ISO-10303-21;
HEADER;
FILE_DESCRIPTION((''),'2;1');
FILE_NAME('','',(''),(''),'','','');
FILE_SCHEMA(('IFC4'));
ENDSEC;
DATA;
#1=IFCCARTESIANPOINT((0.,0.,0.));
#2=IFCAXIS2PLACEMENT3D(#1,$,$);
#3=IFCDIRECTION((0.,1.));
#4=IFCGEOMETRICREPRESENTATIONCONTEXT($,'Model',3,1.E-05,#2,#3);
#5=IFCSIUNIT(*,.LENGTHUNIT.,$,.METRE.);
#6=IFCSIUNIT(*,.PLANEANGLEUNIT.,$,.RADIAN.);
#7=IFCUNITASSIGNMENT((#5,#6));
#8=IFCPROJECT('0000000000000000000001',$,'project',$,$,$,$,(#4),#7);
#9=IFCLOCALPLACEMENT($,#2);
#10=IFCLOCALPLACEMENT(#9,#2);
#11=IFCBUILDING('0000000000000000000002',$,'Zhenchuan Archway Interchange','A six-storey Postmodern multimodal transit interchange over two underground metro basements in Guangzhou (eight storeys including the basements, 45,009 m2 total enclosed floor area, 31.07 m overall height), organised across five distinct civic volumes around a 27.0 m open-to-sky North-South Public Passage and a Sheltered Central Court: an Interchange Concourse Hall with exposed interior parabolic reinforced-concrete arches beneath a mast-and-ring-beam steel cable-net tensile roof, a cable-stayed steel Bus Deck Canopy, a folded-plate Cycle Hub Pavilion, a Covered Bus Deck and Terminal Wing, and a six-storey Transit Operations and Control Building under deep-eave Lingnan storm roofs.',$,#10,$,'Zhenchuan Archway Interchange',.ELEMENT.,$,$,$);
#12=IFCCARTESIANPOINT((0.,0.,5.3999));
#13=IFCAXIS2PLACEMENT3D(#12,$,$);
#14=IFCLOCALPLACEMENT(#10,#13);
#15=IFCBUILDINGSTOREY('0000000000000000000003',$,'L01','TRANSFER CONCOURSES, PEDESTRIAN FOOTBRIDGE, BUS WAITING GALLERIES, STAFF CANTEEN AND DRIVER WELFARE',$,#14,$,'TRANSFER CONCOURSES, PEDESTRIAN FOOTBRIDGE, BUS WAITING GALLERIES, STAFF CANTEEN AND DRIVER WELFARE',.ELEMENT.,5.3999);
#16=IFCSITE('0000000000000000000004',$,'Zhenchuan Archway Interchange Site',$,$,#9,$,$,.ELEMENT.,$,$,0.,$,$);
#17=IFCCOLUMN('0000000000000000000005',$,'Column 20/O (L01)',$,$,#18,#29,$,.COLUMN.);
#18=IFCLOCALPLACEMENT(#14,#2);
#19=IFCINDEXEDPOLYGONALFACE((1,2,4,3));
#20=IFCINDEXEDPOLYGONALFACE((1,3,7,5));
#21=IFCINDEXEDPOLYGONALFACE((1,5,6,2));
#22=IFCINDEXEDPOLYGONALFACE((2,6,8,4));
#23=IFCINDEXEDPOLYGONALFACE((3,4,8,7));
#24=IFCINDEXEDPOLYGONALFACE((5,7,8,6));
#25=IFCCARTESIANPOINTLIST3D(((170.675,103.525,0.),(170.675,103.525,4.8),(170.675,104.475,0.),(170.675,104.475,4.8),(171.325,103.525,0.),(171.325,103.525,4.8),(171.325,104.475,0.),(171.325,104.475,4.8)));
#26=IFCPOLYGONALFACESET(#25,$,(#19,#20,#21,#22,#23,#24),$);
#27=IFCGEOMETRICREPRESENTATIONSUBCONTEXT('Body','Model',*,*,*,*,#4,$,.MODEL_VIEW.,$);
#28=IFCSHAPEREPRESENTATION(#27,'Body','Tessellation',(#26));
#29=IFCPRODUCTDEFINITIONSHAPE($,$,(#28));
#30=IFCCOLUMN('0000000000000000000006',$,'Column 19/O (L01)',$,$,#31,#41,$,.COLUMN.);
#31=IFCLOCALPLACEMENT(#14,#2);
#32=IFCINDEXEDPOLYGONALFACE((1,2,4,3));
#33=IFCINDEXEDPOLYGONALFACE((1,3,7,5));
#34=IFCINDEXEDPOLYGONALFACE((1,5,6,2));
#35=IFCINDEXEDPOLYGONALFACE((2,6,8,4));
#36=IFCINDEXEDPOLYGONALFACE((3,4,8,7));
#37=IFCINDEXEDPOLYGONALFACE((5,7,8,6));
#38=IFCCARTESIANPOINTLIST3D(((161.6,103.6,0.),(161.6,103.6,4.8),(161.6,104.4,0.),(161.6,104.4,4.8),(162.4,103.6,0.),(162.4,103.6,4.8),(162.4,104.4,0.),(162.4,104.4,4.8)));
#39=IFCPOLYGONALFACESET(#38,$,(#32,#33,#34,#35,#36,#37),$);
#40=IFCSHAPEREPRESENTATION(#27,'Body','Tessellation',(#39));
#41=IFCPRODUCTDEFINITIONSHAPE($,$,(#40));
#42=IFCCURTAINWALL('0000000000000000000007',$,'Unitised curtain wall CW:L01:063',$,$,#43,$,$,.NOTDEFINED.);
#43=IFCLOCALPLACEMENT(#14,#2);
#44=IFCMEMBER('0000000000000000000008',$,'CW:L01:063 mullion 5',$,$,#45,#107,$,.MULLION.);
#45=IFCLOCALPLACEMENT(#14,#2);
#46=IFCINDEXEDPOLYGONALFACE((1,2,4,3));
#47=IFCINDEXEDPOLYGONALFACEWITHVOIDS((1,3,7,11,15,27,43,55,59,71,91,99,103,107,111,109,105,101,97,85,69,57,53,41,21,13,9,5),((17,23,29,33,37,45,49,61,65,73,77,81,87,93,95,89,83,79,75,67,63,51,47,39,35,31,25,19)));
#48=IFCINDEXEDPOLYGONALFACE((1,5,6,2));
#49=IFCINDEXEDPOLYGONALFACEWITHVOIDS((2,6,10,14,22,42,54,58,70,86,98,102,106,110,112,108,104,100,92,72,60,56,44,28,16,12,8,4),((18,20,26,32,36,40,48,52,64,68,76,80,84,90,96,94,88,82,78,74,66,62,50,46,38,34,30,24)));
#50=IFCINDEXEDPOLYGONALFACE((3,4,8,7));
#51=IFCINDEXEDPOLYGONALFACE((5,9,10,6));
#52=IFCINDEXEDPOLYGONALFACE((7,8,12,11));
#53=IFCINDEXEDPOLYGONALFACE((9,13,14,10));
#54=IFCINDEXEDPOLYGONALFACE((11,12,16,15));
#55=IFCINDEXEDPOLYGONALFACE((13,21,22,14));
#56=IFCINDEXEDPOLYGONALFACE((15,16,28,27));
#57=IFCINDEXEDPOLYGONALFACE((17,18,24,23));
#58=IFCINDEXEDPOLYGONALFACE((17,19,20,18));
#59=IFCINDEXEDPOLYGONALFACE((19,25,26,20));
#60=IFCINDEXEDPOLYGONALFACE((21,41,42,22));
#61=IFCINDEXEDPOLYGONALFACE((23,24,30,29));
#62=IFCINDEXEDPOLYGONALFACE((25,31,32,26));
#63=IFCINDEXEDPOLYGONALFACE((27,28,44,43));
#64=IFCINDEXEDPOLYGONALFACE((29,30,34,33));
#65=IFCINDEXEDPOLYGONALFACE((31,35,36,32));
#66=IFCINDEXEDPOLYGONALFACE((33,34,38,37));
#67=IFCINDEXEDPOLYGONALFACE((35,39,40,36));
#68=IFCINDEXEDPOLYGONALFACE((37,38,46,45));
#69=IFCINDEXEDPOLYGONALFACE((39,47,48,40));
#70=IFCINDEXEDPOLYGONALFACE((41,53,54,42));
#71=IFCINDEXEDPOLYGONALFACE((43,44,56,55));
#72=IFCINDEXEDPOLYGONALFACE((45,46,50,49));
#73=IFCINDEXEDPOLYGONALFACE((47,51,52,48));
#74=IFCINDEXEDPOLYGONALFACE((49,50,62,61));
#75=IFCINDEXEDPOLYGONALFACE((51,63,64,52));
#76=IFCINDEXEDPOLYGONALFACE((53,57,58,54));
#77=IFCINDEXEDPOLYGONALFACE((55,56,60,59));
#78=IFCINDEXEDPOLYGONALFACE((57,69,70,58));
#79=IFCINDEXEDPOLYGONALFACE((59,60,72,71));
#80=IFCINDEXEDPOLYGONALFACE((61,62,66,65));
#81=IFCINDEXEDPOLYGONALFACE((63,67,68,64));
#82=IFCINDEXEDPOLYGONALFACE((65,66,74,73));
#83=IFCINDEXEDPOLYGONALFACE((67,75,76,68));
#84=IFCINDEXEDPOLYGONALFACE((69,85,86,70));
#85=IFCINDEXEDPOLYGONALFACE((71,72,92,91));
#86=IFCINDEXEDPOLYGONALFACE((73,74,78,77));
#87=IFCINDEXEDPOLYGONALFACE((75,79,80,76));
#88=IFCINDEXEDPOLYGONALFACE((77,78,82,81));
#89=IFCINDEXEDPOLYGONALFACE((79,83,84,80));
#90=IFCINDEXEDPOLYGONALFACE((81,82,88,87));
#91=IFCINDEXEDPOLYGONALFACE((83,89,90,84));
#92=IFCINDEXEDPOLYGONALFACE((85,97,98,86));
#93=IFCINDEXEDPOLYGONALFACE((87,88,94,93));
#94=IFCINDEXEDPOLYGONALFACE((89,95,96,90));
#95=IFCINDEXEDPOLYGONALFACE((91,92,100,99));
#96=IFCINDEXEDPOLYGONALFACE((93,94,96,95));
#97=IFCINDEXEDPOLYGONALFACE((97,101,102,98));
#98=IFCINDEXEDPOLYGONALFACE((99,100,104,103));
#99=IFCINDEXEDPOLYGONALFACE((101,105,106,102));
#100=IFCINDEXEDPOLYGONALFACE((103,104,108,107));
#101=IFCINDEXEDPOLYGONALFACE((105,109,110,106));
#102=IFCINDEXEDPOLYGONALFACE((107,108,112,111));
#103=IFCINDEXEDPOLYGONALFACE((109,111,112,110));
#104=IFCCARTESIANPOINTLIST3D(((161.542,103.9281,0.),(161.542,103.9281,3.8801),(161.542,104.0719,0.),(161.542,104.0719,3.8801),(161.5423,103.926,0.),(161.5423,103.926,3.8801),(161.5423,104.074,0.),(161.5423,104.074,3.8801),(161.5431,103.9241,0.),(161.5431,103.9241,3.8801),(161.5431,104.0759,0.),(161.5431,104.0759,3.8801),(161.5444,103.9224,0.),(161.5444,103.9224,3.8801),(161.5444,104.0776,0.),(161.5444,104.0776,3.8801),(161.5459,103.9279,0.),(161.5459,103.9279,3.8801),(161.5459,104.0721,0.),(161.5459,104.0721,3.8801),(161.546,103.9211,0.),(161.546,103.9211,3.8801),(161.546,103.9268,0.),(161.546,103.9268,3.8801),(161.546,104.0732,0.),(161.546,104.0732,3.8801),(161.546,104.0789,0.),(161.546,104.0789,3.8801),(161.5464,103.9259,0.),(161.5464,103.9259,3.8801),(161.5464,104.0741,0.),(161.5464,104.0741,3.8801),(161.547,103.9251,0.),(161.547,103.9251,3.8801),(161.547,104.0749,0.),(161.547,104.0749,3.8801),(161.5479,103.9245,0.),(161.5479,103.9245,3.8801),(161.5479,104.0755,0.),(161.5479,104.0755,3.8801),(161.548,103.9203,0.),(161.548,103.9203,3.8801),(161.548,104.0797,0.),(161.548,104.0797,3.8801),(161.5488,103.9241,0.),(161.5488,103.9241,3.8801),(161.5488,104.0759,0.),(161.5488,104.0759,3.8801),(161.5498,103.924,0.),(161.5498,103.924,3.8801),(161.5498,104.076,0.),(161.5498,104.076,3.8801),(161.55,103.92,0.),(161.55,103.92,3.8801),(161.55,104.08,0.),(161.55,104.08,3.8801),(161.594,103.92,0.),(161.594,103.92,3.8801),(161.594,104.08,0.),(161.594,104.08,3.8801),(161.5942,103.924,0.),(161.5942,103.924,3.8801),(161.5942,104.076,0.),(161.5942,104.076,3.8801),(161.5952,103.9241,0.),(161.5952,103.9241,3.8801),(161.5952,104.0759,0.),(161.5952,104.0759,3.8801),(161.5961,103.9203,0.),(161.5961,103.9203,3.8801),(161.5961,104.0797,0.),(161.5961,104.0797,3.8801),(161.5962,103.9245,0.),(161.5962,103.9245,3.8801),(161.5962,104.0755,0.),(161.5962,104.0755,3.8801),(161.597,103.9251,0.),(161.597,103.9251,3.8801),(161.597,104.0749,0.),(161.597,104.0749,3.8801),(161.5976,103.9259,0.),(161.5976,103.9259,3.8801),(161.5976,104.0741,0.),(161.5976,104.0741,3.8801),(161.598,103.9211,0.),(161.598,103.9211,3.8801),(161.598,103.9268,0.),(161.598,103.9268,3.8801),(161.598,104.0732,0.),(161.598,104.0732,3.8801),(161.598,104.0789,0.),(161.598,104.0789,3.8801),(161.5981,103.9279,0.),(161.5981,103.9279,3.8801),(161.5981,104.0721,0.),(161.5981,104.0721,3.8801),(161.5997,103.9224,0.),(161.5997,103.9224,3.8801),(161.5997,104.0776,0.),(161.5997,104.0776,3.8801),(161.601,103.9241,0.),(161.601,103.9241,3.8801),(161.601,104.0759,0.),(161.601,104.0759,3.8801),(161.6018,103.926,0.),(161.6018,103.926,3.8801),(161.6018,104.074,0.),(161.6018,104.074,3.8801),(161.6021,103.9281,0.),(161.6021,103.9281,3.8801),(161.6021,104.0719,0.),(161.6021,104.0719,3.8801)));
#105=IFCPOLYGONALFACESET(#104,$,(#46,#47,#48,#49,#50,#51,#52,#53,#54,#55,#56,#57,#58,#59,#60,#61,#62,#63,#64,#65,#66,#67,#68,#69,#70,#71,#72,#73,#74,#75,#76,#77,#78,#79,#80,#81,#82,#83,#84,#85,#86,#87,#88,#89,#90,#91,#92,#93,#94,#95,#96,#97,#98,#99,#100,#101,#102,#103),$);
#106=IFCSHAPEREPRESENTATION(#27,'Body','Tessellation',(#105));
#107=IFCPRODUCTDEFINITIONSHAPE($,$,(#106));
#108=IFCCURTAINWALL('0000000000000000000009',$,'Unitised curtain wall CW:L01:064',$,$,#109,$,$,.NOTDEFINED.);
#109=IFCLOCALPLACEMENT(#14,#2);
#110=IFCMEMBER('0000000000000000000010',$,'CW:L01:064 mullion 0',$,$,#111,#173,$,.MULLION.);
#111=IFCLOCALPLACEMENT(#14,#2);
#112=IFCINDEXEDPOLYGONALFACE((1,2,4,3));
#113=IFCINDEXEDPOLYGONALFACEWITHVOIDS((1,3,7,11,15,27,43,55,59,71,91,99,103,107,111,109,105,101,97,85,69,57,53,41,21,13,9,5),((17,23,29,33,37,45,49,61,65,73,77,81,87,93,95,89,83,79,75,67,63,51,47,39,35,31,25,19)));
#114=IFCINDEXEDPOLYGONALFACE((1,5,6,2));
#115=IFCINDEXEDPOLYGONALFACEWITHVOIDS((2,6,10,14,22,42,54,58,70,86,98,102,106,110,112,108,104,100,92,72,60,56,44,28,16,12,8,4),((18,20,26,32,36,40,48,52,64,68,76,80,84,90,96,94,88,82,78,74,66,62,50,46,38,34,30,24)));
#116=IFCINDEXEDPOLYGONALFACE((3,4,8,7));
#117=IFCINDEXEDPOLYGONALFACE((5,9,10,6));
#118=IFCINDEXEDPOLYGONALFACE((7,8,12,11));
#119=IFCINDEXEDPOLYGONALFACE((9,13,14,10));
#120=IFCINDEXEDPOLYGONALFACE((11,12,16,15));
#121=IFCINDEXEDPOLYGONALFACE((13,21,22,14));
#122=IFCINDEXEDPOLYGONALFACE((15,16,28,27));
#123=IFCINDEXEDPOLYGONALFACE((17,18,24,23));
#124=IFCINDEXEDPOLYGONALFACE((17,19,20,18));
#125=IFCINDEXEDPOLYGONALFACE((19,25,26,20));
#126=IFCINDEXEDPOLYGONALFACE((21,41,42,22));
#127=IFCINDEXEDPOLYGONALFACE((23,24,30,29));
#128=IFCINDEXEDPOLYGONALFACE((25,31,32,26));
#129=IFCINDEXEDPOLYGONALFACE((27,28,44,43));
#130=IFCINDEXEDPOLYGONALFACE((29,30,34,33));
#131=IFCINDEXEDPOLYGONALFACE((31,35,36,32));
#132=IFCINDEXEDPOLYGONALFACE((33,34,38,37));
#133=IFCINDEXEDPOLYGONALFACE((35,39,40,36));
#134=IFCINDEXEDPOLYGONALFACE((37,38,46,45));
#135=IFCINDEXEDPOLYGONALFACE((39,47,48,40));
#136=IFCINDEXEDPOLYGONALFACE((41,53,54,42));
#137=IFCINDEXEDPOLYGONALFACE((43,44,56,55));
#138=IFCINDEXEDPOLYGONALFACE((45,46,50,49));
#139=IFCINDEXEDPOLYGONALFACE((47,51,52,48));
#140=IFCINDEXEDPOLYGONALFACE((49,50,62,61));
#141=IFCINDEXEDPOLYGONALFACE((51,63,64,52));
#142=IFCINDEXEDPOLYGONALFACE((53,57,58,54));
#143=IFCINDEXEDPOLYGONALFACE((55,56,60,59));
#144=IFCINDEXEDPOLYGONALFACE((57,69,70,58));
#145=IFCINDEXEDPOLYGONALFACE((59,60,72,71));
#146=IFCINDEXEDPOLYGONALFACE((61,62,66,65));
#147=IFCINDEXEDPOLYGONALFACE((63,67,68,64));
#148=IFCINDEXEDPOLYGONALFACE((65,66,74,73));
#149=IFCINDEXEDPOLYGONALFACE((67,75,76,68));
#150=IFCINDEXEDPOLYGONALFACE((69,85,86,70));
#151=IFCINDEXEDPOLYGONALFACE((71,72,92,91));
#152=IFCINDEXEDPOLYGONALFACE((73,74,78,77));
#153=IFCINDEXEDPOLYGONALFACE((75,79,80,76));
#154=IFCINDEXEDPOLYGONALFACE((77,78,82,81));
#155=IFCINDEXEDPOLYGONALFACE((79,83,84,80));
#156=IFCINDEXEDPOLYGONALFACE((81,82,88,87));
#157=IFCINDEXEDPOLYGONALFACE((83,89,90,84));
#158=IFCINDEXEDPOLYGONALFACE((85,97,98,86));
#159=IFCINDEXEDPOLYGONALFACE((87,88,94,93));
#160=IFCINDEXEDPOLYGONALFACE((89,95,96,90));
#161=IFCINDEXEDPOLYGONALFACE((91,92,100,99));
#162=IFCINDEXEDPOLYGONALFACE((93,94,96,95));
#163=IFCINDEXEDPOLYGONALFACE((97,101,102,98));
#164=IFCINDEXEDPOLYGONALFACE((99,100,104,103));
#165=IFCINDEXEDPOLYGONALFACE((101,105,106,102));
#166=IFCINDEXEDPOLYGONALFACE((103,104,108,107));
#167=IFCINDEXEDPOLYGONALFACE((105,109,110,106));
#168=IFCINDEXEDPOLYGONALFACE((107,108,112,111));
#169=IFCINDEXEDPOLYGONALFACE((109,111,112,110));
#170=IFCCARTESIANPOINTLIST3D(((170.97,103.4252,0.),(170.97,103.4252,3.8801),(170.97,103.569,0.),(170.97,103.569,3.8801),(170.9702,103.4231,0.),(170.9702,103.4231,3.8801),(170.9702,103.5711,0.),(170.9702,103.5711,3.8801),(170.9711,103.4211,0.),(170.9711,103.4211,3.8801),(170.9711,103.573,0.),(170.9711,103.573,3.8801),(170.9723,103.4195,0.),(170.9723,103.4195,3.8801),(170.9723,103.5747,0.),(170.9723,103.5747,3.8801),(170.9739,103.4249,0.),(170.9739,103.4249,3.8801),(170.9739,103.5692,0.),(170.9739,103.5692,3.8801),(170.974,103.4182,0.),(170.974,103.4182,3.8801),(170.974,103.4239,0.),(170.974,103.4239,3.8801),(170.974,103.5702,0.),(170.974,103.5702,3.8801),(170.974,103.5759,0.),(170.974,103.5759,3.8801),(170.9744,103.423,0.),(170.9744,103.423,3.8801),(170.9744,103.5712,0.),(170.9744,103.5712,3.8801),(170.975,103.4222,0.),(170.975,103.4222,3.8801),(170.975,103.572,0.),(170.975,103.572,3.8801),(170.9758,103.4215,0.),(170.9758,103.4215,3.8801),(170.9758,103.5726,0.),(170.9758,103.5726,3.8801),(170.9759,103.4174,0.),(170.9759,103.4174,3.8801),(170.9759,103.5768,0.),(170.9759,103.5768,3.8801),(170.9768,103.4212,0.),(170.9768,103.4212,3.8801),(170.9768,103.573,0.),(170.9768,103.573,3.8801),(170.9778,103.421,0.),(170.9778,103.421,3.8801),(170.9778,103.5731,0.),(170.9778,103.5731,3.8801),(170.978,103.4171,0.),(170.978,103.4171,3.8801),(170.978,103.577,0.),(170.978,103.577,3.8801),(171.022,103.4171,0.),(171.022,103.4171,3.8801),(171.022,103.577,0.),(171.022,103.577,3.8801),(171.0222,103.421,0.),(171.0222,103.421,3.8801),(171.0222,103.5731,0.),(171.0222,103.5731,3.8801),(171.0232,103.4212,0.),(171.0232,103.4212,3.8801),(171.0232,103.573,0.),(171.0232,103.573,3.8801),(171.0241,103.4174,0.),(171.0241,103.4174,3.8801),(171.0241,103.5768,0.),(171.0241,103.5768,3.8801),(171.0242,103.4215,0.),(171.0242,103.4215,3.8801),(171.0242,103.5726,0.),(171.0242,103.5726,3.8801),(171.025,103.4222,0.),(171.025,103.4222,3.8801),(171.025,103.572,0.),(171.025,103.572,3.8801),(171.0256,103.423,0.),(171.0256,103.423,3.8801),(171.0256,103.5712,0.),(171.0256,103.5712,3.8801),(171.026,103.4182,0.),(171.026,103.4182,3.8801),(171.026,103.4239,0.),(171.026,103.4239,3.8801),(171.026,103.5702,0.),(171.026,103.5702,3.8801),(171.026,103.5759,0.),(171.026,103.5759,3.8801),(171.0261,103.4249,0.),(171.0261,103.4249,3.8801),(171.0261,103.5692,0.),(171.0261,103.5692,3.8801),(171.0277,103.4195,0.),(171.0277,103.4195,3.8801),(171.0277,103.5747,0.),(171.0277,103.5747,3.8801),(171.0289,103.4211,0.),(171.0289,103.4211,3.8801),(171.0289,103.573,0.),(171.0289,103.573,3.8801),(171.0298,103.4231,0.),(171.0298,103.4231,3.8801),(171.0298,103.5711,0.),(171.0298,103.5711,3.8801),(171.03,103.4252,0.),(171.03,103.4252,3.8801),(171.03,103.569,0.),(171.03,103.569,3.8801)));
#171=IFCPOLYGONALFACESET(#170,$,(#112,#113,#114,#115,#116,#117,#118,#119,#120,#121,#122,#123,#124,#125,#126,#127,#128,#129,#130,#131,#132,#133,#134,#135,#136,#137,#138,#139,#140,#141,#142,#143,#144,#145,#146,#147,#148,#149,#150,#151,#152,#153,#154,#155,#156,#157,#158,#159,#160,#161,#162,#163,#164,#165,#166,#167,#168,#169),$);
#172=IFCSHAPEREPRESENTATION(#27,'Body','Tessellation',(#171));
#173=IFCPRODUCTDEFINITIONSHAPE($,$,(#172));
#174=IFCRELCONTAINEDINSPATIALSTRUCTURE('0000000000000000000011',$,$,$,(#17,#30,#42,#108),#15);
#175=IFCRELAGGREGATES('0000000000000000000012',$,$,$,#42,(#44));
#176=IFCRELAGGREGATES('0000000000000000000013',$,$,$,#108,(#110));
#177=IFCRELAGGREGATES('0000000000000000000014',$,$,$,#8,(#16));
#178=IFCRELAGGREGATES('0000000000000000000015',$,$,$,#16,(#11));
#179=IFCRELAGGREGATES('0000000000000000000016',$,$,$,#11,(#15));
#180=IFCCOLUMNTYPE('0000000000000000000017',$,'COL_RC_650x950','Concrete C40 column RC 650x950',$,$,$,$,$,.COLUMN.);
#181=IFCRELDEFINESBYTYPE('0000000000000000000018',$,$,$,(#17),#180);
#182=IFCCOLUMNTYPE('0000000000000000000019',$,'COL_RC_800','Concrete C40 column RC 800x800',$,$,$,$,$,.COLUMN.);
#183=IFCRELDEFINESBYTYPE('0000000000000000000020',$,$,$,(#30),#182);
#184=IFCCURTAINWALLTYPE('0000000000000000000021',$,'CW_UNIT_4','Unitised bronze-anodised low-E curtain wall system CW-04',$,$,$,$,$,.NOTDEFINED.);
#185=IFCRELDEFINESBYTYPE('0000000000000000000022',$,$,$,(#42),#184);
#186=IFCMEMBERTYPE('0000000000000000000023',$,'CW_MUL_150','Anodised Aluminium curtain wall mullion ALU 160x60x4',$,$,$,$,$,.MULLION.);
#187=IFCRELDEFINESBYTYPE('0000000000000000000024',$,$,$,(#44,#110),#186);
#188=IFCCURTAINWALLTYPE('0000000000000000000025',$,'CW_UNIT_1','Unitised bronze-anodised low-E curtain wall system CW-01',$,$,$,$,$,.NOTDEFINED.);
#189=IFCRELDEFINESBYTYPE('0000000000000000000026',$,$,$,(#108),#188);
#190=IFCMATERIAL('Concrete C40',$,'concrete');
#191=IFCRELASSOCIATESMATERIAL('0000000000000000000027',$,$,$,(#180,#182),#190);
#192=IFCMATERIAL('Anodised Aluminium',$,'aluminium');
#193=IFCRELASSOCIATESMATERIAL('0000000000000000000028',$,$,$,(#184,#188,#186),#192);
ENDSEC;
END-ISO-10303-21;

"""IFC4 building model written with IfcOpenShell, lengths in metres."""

from ifc_helpers import new_model, si_unit, direction, frame, origin, origin_2d, place, context, subcontext, project, spatial, rectangle, hollow_rectangle, extrude, material, material_profile, profile_set, type_object, element, aggregate, save


model = new_model("IFC4")

# Units and contexts
model_context = context("Model", 3, precision=1e-05, world=origin(), true_north=direction((0.0, 1.0)))
body_context = subcontext(model_context, "Body", "Model", "MODEL_VIEW")
ifc_project = project(units=[si_unit("LENGTHUNIT", "METRE"), si_unit("PLANEANGLEUNIT", "RADIAN")], contexts=[model_context])

# Site, building, storey
site_placement = place(None, origin())
site = spatial("IfcSite", under=ifc_project, at=site_placement, Name="Zhenchuan Archway Interchange Site", CompositionType="ELEMENT", RefElevation=0.0)
building_placement = place(site_placement, origin())
building = spatial("IfcBuilding", under=site, at=building_placement, Name="Zhenchuan Archway Interchange", Description="A six-storey Postmodern multimodal transit interchange over two underground metro basements in Guangzhou (eight storeys including the basements, 45,009 m2 total enclosed floor area, 31.07 m overall height), organised across five distinct civic volumes around a 27.0 m open-to-sky North-South Public Passage and a Sheltered Central Court: an Interchange Concourse Hall with exposed interior parabolic reinforced-concrete arches beneath a mast-and-ring-beam steel cable-net tensile roof, a cable-stayed steel Bus Deck Canopy, a folded-plate Cycle Hub Pavilion, a Covered Bus Deck and Terminal Wing, and a six-storey Transit Operations and Control Building under deep-eave Lingnan storm roofs.", LongName="Zhenchuan Archway Interchange", CompositionType="ELEMENT")
storey_placement = place(building_placement, frame((0.0, 0.0, 5.3999)))
storey = spatial("IfcBuildingStorey", under=building, at=storey_placement, Name="L01", Description="TRANSFER CONCOURSES, PEDESTRIAN FOOTBRIDGE, BUS WAITING GALLERIES, STAFF CANTEEN AND DRIVER WELFARE", LongName="TRANSFER CONCOURSES, PEDESTRIAN FOOTBRIDGE, BUS WAITING GALLERIES, STAFF CANTEEN AND DRIVER WELFARE", CompositionType="ELEMENT", Elevation=5.3999)

# Columns
ifc_material_1 = material(Name="Concrete C40", Category="concrete")
ifc_material_profile_1 = material_profile(ifc_material_1, rectangle(XDim=0.6499, YDim=0.95, at=origin_2d()), Name="RC 650x950")
ifc_profile_set_1 = profile_set([ifc_material_profile_1], Name="Concrete C40")
column_type_1 = type_object("IfcColumnType", Name="COL_RC_650x950", Description="Concrete C40 column RC 650x950", PredefinedType="COLUMN", material=ifc_profile_set_1)
column_1_placement = place(storey_placement, frame((171.0, 104.0, 0.0), z_axis=(0.0, 0.0, 1.0), x_axis=(1.0, 0.0, 0.0)))
element("IfcColumn", 1, at=column_1_placement, inside=storey, type_object=column_type_1, Name="Column 20/O (L01)", PredefinedType="COLUMN", context=body_context, shape_type="SweptSolid", body=[
    extrude(rectangle(XDim=0.6499, YDim=0.95, at=origin_2d()), origin(), (0.0, 0.0, 1.0), 4.8),
])
ifc_material_profile_2 = material_profile(ifc_material_1, rectangle(XDim=0.8, YDim=0.8, at=origin_2d()), Name="RC 800x800")
ifc_profile_set_2 = profile_set([ifc_material_profile_2], Name="Concrete C40")
column_type_2 = type_object("IfcColumnType", Name="COL_RC_800", Description="Concrete C40 column RC 800x800", PredefinedType="COLUMN", material=ifc_profile_set_2)
column_2_placement = place(storey_placement, frame((162.0, 104.0, 0.0), z_axis=(0.0, 0.0, 1.0), x_axis=(1.0, 0.0, 0.0)))
element("IfcColumn", 2, at=column_2_placement, inside=storey, type_object=column_type_2, Name="Column 19/O (L01)", PredefinedType="COLUMN", context=body_context, shape_type="SweptSolid", body=[
    extrude(rectangle(XDim=0.8, YDim=0.8, at=origin_2d()), origin(), (0.0, 0.0, 1.0), 4.8),
])

# Curtain wall, member
ifc_material_2 = material(Name="Anodised Aluminium", Category="aluminium")
curtain_wall_type_1 = type_object("IfcCurtainWallType", Name="CW_UNIT_4", Description="Unitised bronze-anodised low-E curtain wall system CW-04", PredefinedType="NOTDEFINED", material=ifc_material_2)
curtain_wall_1_placement = place(storey_placement, origin())
curtain_wall_1 = element("IfcCurtainWall", 3, at=curtain_wall_1_placement, inside=storey, type_object=curtain_wall_type_1, Name="Unitised curtain wall CW:L01:063", PredefinedType="NOTDEFINED")
ifc_material_profile_3 = material_profile(ifc_material_2, hollow_rectangle(XDim=0.0601, YDim=0.1599, WallThickness=0.0039, InnerFilletRadius=0.0039, OuterFilletRadius=0.0081, at=origin_2d()), Name="ALU 160x60x4")
ifc_profile_set_3 = profile_set([ifc_material_profile_3], Name="Anodised Aluminium")
member_type_1 = type_object("IfcMemberType", Name="CW_MUL_150", Description="Anodised Aluminium curtain wall mullion ALU 160x60x4", PredefinedType="MULLION", material=ifc_profile_set_3)
member_1_placement = place(storey_placement, frame((161.572, 104.0, 0.0), z_axis=(0.0, 0.0, 1.0), x_axis=(1.0, 0.0, 0.0)))
member_1 = element("IfcMember", 4, at=member_1_placement, type_object=member_type_1, Name="CW:L01:063 mullion 5", PredefinedType="MULLION", context=body_context, shape_type="SweptSolid", body=[
    extrude(hollow_rectangle(XDim=0.0601, YDim=0.1599, WallThickness=0.0039, InnerFilletRadius=0.0039, OuterFilletRadius=0.0081, at=origin_2d()), origin(), (0.0, 0.0, 1.0), 3.8801),
])
aggregate(curtain_wall_1, [member_1])

# Curtain wall, member
curtain_wall_type_2 = type_object("IfcCurtainWallType", Name="CW_UNIT_1", Description="Unitised bronze-anodised low-E curtain wall system CW-01", PredefinedType="NOTDEFINED", material=ifc_material_2)
curtain_wall_2_placement = place(storey_placement, origin())
curtain_wall_2 = element("IfcCurtainWall", 5, at=curtain_wall_2_placement, inside=storey, type_object=curtain_wall_type_2, Name="Unitised curtain wall CW:L01:064", PredefinedType="NOTDEFINED")
member_2_placement = place(storey_placement, frame((171.0, 103.4971, 0.0), z_axis=(0.0, 0.0, 1.0), x_axis=(1.0, 0.0, 0.0)))
member_2 = element("IfcMember", 6, at=member_2_placement, type_object=member_type_1, Name="CW:L01:064 mullion 0", PredefinedType="MULLION", context=body_context, shape_type="SweptSolid", body=[
    extrude(hollow_rectangle(XDim=0.0601, YDim=0.1599, WallThickness=0.0039, InnerFilletRadius=0.0039, OuterFilletRadius=0.0081, at=origin_2d()), origin(), (0.0, 0.0, 1.0), 3.8801),
])

aggregate(curtain_wall_2, [member_2])

save(model, "model.ifc")
